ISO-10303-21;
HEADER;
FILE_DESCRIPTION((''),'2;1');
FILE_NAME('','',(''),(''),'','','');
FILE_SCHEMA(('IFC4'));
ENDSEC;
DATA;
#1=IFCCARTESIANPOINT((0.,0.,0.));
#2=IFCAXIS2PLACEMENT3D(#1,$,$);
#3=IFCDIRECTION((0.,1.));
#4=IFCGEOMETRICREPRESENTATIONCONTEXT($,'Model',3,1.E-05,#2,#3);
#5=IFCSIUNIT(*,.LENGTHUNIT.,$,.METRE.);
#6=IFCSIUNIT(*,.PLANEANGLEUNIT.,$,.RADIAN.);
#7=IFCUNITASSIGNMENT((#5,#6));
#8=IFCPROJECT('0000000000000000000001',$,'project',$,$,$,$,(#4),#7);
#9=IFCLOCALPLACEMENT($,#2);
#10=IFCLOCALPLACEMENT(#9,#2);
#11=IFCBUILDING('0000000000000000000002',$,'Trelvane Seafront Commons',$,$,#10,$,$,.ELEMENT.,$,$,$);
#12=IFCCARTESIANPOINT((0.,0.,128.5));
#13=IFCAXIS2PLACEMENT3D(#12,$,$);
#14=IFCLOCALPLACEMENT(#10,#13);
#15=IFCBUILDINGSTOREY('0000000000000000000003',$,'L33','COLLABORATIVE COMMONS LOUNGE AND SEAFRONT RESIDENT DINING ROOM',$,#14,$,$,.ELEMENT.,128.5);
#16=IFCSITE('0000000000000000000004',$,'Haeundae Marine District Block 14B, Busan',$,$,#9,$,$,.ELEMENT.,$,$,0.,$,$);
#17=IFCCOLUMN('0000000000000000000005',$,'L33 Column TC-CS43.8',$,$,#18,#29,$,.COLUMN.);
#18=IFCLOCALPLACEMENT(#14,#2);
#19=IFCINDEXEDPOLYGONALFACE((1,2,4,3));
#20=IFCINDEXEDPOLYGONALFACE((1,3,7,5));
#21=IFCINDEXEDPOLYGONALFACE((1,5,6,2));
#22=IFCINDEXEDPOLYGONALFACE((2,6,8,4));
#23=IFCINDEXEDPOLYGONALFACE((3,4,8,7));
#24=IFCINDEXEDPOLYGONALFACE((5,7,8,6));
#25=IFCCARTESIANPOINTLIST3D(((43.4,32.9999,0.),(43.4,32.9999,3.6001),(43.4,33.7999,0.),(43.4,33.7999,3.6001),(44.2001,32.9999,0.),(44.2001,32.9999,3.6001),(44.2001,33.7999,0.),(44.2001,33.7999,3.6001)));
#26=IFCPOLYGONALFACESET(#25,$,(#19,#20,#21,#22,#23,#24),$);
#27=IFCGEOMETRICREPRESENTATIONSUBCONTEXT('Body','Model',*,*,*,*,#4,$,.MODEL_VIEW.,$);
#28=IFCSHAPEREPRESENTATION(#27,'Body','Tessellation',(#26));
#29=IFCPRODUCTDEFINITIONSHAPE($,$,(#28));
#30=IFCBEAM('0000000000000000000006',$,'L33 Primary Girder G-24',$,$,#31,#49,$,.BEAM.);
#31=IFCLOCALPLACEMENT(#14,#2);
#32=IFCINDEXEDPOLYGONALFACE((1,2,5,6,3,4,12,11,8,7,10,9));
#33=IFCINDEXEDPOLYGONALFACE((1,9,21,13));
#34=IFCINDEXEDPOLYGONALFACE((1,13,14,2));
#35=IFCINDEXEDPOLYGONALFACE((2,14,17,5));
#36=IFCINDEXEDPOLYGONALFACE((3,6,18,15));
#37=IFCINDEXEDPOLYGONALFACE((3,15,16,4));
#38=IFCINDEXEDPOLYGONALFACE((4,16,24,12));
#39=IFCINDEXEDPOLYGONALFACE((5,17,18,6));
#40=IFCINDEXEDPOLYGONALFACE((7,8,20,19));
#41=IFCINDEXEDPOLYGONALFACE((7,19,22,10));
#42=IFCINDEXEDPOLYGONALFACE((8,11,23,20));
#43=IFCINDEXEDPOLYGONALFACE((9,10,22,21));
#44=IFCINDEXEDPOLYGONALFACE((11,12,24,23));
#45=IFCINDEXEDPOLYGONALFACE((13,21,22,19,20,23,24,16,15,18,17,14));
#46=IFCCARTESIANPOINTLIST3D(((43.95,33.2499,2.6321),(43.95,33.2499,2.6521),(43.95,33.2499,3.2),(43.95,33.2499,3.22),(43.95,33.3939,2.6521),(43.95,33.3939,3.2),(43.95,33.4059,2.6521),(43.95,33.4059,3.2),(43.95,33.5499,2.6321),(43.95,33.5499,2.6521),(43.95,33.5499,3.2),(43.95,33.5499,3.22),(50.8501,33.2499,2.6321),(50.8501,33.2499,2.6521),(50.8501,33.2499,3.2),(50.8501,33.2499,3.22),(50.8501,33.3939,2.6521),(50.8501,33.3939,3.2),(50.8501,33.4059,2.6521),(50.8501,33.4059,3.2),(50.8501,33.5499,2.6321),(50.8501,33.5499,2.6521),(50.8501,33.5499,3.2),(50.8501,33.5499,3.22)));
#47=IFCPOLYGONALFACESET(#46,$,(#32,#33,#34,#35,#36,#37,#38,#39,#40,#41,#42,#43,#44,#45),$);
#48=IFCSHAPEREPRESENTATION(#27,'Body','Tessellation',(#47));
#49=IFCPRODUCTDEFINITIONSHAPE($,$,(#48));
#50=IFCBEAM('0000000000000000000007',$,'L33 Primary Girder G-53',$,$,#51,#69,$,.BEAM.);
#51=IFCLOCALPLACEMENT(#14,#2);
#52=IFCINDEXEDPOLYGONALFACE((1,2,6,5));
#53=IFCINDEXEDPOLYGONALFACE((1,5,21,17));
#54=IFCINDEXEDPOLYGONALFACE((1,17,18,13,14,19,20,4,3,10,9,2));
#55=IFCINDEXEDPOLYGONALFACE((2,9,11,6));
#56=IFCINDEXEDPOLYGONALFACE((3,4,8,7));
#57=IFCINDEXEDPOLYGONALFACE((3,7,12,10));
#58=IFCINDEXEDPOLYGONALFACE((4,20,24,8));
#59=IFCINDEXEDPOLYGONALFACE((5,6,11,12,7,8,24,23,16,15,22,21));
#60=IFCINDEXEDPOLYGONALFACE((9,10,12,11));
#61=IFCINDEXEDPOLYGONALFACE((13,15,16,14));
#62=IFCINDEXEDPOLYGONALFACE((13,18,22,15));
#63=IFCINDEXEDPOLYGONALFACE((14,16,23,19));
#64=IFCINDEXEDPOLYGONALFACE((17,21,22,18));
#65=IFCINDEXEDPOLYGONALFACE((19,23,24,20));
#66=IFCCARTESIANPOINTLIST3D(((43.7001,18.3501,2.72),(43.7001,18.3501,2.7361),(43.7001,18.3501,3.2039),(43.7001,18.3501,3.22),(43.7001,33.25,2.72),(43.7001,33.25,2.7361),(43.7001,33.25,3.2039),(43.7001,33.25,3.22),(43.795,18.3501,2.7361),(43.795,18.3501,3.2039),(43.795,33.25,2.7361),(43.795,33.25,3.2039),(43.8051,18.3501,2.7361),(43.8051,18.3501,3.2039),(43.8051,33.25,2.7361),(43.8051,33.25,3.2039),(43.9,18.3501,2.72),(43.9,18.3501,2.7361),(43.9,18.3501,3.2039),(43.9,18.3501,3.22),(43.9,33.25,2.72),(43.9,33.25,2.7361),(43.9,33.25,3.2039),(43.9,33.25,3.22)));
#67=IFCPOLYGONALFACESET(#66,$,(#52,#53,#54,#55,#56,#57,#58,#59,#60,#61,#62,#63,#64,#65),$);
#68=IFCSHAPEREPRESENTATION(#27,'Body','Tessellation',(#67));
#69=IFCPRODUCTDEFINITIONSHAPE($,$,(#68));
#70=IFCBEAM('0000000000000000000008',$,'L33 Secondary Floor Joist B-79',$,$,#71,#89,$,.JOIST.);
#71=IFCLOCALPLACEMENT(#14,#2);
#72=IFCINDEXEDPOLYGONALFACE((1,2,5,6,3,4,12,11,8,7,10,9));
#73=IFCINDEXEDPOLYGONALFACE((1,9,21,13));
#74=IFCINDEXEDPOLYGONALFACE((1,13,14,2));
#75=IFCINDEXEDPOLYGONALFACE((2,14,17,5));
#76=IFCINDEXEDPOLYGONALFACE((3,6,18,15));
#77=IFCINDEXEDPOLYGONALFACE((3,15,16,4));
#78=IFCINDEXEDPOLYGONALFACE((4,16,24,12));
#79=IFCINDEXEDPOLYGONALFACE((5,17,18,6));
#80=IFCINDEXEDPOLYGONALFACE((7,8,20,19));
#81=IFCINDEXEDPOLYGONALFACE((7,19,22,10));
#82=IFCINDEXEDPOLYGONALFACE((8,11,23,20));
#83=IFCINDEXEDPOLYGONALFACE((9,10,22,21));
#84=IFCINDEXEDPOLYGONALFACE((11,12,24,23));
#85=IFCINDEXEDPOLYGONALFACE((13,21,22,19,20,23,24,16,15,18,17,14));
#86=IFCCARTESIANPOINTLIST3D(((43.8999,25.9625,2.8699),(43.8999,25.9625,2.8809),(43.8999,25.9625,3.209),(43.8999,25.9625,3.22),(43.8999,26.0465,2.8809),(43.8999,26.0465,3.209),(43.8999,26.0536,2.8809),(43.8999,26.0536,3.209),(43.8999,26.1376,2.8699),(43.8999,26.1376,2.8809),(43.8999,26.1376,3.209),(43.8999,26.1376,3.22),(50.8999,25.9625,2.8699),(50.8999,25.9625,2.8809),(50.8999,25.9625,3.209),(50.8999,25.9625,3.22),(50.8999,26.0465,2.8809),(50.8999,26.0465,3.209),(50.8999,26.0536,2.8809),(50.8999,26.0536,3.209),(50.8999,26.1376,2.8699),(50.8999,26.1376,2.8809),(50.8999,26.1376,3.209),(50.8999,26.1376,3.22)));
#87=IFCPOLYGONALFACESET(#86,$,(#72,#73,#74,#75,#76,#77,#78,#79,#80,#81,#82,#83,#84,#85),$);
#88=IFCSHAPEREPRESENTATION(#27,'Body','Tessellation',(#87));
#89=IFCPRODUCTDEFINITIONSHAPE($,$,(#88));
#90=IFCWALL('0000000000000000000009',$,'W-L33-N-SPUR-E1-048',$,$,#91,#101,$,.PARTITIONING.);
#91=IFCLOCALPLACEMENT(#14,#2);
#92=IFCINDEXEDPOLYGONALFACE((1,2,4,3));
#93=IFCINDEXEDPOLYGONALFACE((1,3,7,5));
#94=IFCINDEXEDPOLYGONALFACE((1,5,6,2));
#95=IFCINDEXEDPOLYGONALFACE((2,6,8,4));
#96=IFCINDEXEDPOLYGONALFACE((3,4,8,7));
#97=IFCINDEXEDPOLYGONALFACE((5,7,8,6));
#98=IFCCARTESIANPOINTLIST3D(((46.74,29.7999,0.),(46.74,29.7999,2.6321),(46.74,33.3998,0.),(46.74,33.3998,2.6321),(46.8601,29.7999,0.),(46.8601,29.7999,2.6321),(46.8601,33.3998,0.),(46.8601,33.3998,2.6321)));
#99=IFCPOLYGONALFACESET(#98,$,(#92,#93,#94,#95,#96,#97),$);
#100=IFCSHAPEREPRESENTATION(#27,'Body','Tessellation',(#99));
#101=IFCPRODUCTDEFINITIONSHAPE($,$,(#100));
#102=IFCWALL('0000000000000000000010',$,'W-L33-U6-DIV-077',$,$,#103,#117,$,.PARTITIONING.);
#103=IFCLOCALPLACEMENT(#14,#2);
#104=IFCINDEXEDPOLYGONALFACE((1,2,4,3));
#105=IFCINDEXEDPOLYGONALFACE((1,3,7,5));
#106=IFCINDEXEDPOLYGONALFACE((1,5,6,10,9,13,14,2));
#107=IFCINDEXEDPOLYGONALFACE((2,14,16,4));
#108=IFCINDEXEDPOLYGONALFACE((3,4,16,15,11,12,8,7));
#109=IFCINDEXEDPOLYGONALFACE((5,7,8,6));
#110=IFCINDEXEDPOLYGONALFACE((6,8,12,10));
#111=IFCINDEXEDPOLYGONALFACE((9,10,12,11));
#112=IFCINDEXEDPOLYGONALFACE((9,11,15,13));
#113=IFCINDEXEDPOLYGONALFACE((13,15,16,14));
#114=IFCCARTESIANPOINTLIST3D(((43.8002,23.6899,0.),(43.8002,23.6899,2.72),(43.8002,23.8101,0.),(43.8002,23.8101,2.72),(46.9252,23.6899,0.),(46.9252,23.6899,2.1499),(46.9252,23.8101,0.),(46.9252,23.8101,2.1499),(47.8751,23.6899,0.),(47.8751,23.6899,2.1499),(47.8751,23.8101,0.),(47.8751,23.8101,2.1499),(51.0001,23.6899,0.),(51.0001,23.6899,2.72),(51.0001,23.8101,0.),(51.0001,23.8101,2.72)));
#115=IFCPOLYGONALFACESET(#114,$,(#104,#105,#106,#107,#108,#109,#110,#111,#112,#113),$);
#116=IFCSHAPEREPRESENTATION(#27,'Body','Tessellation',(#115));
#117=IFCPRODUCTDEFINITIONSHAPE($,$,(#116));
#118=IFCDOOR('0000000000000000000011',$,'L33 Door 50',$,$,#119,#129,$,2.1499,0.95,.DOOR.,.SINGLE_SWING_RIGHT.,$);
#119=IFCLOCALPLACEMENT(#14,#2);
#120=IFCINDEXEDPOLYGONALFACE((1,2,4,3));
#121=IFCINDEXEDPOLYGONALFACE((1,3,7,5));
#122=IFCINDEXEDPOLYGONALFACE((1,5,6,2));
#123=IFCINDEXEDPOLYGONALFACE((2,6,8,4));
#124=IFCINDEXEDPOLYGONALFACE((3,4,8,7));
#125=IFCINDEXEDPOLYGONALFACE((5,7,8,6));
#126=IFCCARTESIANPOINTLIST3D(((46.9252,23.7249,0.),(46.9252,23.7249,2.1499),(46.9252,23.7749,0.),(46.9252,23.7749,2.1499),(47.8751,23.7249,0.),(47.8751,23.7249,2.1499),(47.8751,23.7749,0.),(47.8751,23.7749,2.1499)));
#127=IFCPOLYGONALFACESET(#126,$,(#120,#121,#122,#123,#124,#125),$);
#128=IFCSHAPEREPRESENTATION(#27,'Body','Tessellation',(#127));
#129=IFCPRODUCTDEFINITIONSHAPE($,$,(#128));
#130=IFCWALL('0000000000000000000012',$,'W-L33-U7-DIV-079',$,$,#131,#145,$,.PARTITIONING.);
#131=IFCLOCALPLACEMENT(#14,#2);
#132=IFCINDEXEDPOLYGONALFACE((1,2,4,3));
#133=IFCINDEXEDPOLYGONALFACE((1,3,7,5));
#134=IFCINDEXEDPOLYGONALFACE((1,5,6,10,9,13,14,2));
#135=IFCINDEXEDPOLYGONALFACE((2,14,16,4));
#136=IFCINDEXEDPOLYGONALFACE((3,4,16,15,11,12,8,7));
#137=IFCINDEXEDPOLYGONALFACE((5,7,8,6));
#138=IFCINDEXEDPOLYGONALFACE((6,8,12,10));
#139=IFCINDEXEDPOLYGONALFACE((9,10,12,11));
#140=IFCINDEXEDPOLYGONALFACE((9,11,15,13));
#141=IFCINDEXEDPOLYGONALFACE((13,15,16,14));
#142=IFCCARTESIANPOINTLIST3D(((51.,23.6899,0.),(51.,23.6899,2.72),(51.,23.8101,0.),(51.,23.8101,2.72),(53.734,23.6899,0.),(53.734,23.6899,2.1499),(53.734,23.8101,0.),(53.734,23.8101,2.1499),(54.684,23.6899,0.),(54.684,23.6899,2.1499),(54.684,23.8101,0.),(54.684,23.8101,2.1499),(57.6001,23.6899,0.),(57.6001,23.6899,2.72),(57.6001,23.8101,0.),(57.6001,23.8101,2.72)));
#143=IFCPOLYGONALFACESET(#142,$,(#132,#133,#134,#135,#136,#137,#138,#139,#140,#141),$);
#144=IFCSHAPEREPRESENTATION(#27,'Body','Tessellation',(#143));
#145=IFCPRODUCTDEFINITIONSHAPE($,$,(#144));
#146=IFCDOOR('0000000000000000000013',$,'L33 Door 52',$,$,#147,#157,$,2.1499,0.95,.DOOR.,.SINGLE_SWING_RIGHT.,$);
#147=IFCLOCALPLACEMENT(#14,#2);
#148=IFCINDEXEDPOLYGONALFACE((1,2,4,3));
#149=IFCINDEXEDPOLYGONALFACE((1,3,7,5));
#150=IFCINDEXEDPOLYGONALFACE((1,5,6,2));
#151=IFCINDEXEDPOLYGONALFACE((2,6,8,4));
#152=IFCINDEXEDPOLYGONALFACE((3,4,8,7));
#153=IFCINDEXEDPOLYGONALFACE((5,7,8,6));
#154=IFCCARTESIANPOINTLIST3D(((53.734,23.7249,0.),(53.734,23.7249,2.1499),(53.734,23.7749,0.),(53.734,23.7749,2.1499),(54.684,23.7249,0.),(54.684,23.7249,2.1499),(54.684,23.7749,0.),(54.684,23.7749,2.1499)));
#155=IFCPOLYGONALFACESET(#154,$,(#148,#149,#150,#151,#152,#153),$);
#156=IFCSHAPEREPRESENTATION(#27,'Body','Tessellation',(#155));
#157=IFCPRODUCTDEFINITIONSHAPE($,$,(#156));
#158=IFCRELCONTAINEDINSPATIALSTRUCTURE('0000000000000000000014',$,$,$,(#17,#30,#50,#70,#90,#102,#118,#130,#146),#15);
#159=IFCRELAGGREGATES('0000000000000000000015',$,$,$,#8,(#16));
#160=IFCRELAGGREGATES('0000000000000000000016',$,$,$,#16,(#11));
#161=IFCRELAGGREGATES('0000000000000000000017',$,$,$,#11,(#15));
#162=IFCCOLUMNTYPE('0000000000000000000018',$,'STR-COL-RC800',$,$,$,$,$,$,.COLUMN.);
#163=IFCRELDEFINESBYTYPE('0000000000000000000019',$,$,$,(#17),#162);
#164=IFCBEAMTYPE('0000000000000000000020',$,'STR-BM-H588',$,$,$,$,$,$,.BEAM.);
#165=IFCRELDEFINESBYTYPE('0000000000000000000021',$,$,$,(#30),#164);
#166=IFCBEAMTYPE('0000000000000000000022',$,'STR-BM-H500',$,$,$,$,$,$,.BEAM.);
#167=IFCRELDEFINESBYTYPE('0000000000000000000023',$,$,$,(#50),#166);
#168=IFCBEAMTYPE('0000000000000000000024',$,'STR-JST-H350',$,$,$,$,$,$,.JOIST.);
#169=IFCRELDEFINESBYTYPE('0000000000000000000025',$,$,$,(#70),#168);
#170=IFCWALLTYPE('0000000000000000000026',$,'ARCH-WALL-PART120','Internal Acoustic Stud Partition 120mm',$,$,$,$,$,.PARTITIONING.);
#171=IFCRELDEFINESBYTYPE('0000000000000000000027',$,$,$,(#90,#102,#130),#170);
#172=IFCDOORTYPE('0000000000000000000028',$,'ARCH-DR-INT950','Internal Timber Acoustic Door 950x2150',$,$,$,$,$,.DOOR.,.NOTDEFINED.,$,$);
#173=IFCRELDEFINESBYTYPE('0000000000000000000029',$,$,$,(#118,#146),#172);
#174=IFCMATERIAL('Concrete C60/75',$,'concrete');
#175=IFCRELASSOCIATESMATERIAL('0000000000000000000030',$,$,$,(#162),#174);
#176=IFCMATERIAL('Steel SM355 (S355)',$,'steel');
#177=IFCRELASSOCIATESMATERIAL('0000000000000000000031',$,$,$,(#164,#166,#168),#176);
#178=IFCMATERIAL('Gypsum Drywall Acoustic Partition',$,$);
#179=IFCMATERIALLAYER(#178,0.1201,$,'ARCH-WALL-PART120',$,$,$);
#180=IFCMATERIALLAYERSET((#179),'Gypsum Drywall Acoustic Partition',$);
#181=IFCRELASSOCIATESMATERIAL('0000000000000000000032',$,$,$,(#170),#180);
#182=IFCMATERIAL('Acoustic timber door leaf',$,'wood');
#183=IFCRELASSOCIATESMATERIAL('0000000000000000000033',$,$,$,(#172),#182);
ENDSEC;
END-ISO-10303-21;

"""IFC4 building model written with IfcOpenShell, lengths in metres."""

from ifc_helpers import new_model, si_unit, direction, frame, frame_2d, origin, origin_2d, place, context, subcontext, project, spatial, rectangle, i_section, extrude, source, transform, mapped, material, layer, layer_set, material_profile, profile_set, type_object, element, fill, save


model = new_model("IFC4")

# Units and contexts
model_context = context("Model", 3, precision=1e-05, world=origin(), true_north=direction((0.0, 1.0)))
body_context = subcontext(model_context, "Body", "Model", "MODEL_VIEW")
ifc_project = project(units=[si_unit("LENGTHUNIT", "METRE"), si_unit("PLANEANGLEUNIT", "RADIAN")], contexts=[model_context])

# Site, building, storey
site_placement = place(None, origin())
site = spatial("IfcSite", under=ifc_project, at=site_placement, Name="Haeundae Marine District Block 14B, Busan", CompositionType="ELEMENT", RefElevation=0.0)
building_placement = place(site_placement, origin())
building = spatial("IfcBuilding", under=site, at=building_placement, Name="Trelvane Seafront Commons", CompositionType="ELEMENT")
storey_placement = place(building_placement, frame((0.0, 0.0, 128.5)))
storey = spatial("IfcBuildingStorey", under=building, at=storey_placement, Name="L33", Description="COLLABORATIVE COMMONS LOUNGE AND SEAFRONT RESIDENT DINING ROOM", CompositionType="ELEMENT", Elevation=128.5)

# Column
ifc_material_1 = material(Name="Concrete C60/75", Category="concrete")
ifc_material_profile_1 = material_profile(ifc_material_1, rectangle(XDim=0.8, YDim=0.8, at=origin_2d()), Name="RC-800x800")
ifc_profile_set_1 = profile_set([ifc_material_profile_1], Name="Concrete C60/75")
column_type = type_object("IfcColumnType", Name="STR-COL-RC800", PredefinedType="COLUMN", material=ifc_profile_set_1)
shared_shape_1 = source(origin(), body_context, "Body", "SweptSolid", [
    extrude(rectangle(XDim=0.8, YDim=0.8, at=origin_2d()), origin(), (0.0, 0.0, 1.0), 3.6001),
])
column_placement = place(storey_placement, frame((43.8, 33.3999, 0.0), z_axis=(0.0, 0.0, 1.0), x_axis=(1.0, 0.0, 0.0)))
element("IfcColumn", 1, at=column_placement, inside=storey, type_object=column_type, Name="L33 Column TC-CS43.8", PredefinedType="COLUMN", context=body_context, shape_type="MappedRepresentation", body=[
    mapped(shared_shape_1, transform((0.0, 0.0, 0.0), x_axis=(1.0, 0.0, 0.0), y_axis=(0.0, 1.0, 0.0), z_axis=(0.0, 0.0, 1.0), scale=1.0)),
])

# Beams
ifc_material_2 = material(Name="Steel SM355 (S355)", Category="steel")
ifc_material_profile_2 = material_profile(ifc_material_2, i_section(OverallWidth=0.3, OverallDepth=0.5879, WebThickness=0.012, FlangeThickness=0.02, at=origin_2d()), Name="H-588x300x12x20")
ifc_profile_set_2 = profile_set([ifc_material_profile_2], Name="Steel SM355 (S355)")
beam_type_1 = type_object("IfcBeamType", Name="STR-BM-H588", PredefinedType="BEAM", material=ifc_profile_set_2)
shared_shape_2 = source(origin(), body_context, "Body", "SweptSolid", [
    extrude(i_section(OverallWidth=0.3, OverallDepth=0.5879, WebThickness=0.012, FlangeThickness=0.02, at=origin_2d()), origin(), (0.0, 0.0, 1.0), 6.9001),
])
beam_1_placement = place(storey_placement, frame((43.95, 33.3999, 2.926), z_axis=(1.0, 0.0, 0.0), x_axis=(0.0, 1.0, 0.0)))
element("IfcBeam", 2, at=beam_1_placement, inside=storey, type_object=beam_type_1, Name="L33 Primary Girder G-24", PredefinedType="BEAM", context=body_context, shape_type="MappedRepresentation", body=[
    mapped(shared_shape_2, transform((0.0, 0.0, 0.0), x_axis=(1.0, 0.0, 0.0), y_axis=(0.0, 1.0, 0.0), z_axis=(0.0, 0.0, 1.0), scale=1.0)),
])
ifc_material_profile_3 = material_profile(ifc_material_2, i_section(OverallWidth=0.2, OverallDepth=0.5, WebThickness=0.01, FlangeThickness=0.0161, at=origin_2d()), Name="H-500x200x10x16")
ifc_profile_set_3 = profile_set([ifc_material_profile_3], Name="Steel SM355 (S355)")
beam_type_2 = type_object("IfcBeamType", Name="STR-BM-H500", PredefinedType="BEAM", material=ifc_profile_set_3)
shared_shape_3 = source(origin(), body_context, "Body", "SweptSolid", [
    extrude(i_section(OverallWidth=0.2, OverallDepth=0.5, WebThickness=0.01, FlangeThickness=0.0161, at=origin_2d()), origin(), (0.0, 0.0, 1.0), 14.8999),
])
beam_2_placement = place(storey_placement, frame((43.8, 18.3501, 2.97), z_axis=(0.0, 1.0, 0.0), x_axis=(-1.0, 0.0, 0.0)))
element("IfcBeam", 3, at=beam_2_placement, inside=storey, type_object=beam_type_2, Name="L33 Primary Girder G-53", PredefinedType="BEAM", context=body_context, shape_type="MappedRepresentation", body=[
    mapped(shared_shape_3, transform((0.0, 0.0, 0.0), x_axis=(1.0, 0.0, 0.0), y_axis=(0.0, 1.0, 0.0), z_axis=(0.0, 0.0, 1.0), scale=1.0)),
])
ifc_material_profile_4 = material_profile(ifc_material_2, i_section(OverallWidth=0.175, OverallDepth=0.3501, WebThickness=0.0071, FlangeThickness=0.011, at=origin_2d()), Name="H-350x175x7x11")
ifc_profile_set_4 = profile_set([ifc_material_profile_4], Name="Steel SM355 (S355)")
beam_type_3 = type_object("IfcBeamType", Name="STR-JST-H350", PredefinedType="JOIST", material=ifc_profile_set_4)
shared_shape_4 = source(origin(), body_context, "Body", "SweptSolid", [
    extrude(i_section(OverallWidth=0.175, OverallDepth=0.3501, WebThickness=0.0071, FlangeThickness=0.011, at=origin_2d()), origin(), (0.0, 0.0, 1.0), 7.0),
])
beam_3_placement = place(storey_placement, frame((43.8999, 26.05, 3.0449), z_axis=(1.0, 0.0, 0.0), x_axis=(0.0, 1.0, 0.0)))
element("IfcBeam", 4, at=beam_3_placement, inside=storey, type_object=beam_type_3, Name="L33 Secondary Floor Joist B-79", PredefinedType="JOIST", context=body_context, shape_type="MappedRepresentation", body=[
    mapped(shared_shape_4, transform((0.0, 0.0, 0.0), x_axis=(1.0, 0.0, 0.0), y_axis=(0.0, 1.0, 0.0), z_axis=(0.0, 0.0, 1.0), scale=1.0)),
])

# Shared definitions
shared_shape_5 = source(origin(), body_context, "Body", "SweptSolid", [
    extrude(rectangle(XDim=0.95, YDim=2.1499, at=frame_2d((0.4751, 1.075))), frame((0.0, 0.0249, 0.0), z_axis=(0.0, -1.0, 0.0), x_axis=(1.0, 0.0, 0.0)), (0.0, 0.0, 1.0), 0.05),
])
ifc_material_3 = material(Name="Gypsum Drywall Acoustic Partition")
ifc_layer_1 = layer(ifc_material_3, 0.1201, Name="ARCH-WALL-PART120")
ifc_layer_set_1 = layer_set([ifc_layer_1], Name="Gypsum Drywall Acoustic Partition")
wall_type_1 = type_object("IfcWallType", Name="ARCH-WALL-PART120", Description="Internal Acoustic Stud Partition 120mm", PredefinedType="PARTITIONING", material=ifc_layer_set_1)
ifc_material_4 = material(Name="Acoustic timber door leaf", Category="wood")
door_type_1 = type_object("IfcDoorType", Name="ARCH-DR-INT950", Description="Internal Timber Acoustic Door 950x2150", OperationType="NOTDEFINED", PredefinedType="DOOR", material=ifc_material_4)

# Wall
wall_1_placement = place(storey_placement, frame((46.8, 29.8, 0.0), z_axis=(0.0, 0.0, 1.0), x_axis=(0.0, 1.0, 0.0)))
element("IfcWall", 5, at=wall_1_placement, inside=storey, type_object=wall_type_1, Name="W-L33-N-SPUR-E1-048", PredefinedType="PARTITIONING", context=body_context, shape_type="SweptSolid", body=[
    extrude(rectangle(XDim=3.5999, YDim=0.1201, at=frame_2d((1.7998, 0.0))), origin(), (0.0, 0.0, 1.0), 2.6321),
])

# Walls, openings, doors
wall_2_placement = place(storey_placement, frame((43.8, 23.75, 0.0), z_axis=(0.0, 0.0, 1.0), x_axis=(1.0, 0.0, 0.0)))
wall_2 = element("IfcWall", 6, at=wall_2_placement, inside=storey, type_object=wall_type_1, Name="W-L33-U6-DIV-077", PredefinedType="PARTITIONING", context=body_context, shape_type="SweptSolid", body=[
    extrude(rectangle(XDim=7.2, YDim=0.1201, at=frame_2d((3.6001, 0.0))), origin(), (0.0, 0.0, 1.0), 2.72),
])
opening_1_placement = place(wall_2_placement, frame((3.125, 0.0, 0.0)))
opening_1 = element("IfcOpeningElement", 7, at=opening_1_placement, cuts=wall_2, PredefinedType="OPENING", context=body_context, shape_type="SweptSolid", body=[
    extrude(rectangle(XDim=0.95, YDim=2.1499, at=frame_2d((0.4751, 1.075))), frame((0.0, 0.0701, 0.0), z_axis=(0.0, -1.0, 0.0), x_axis=(1.0, 0.0, 0.0)), (0.0, 0.0, 1.0), 0.1401),
])
door_1_placement = place(opening_1_placement, origin())
door_1 = element("IfcDoor", 8, at=door_1_placement, inside=storey, type_object=door_type_1, Name="L33 Door 50", OperationType="SINGLE_SWING_RIGHT", OverallHeight=2.1499, OverallWidth=0.95, PredefinedType="DOOR", context=body_context, shape_type="MappedRepresentation", body=[
    mapped(shared_shape_5, transform((0.0, 0.0, 0.0), x_axis=(1.0, 0.0, 0.0), y_axis=(0.0, 1.0, 0.0), z_axis=(0.0, 0.0, 1.0), scale=1.0)),
])
fill(opening_1, door_1)
wall_3_placement = place(storey_placement, frame((51.0, 23.75, 0.0), z_axis=(0.0, 0.0, 1.0), x_axis=(1.0, 0.0, 0.0)))
wall_3 = element("IfcWall", 9, at=wall_3_placement, inside=storey, type_object=wall_type_1, Name="W-L33-U7-DIV-079", PredefinedType="PARTITIONING", context=body_context, shape_type="SweptSolid", body=[
    extrude(rectangle(XDim=6.6001, YDim=0.1201, at=frame_2d((3.3, 0.0))), origin(), (0.0, 0.0, 1.0), 2.72),
])
opening_2_placement = place(wall_3_placement, frame((2.7339, 0.0, 0.0)))
opening_2 = element("IfcOpeningElement", 10, at=opening_2_placement, cuts=wall_3, PredefinedType="OPENING", context=body_context, shape_type="SweptSolid", body=[
    extrude(rectangle(XDim=0.95, YDim=2.1499, at=frame_2d((0.4751, 1.075))), frame((0.0, 0.0701, 0.0), z_axis=(0.0, -1.0, 0.0), x_axis=(1.0, 0.0, 0.0)), (0.0, 0.0, 1.0), 0.1401),
])
door_2_placement = place(opening_2_placement, origin())
door_2 = element("IfcDoor", 11, at=door_2_placement, inside=storey, type_object=door_type_1, Name="L33 Door 52", OperationType="SINGLE_SWING_RIGHT", OverallHeight=2.1499, OverallWidth=0.95, PredefinedType="DOOR", context=body_context, shape_type="MappedRepresentation", body=[
    mapped(shared_shape_5, transform((0.0, 0.0, 0.0), x_axis=(1.0, 0.0, 0.0), y_axis=(0.0, 1.0, 0.0), z_axis=(0.0, 0.0, 1.0), scale=1.0)),
])
fill(opening_2, door_2)

save(model, "model.ifc")
